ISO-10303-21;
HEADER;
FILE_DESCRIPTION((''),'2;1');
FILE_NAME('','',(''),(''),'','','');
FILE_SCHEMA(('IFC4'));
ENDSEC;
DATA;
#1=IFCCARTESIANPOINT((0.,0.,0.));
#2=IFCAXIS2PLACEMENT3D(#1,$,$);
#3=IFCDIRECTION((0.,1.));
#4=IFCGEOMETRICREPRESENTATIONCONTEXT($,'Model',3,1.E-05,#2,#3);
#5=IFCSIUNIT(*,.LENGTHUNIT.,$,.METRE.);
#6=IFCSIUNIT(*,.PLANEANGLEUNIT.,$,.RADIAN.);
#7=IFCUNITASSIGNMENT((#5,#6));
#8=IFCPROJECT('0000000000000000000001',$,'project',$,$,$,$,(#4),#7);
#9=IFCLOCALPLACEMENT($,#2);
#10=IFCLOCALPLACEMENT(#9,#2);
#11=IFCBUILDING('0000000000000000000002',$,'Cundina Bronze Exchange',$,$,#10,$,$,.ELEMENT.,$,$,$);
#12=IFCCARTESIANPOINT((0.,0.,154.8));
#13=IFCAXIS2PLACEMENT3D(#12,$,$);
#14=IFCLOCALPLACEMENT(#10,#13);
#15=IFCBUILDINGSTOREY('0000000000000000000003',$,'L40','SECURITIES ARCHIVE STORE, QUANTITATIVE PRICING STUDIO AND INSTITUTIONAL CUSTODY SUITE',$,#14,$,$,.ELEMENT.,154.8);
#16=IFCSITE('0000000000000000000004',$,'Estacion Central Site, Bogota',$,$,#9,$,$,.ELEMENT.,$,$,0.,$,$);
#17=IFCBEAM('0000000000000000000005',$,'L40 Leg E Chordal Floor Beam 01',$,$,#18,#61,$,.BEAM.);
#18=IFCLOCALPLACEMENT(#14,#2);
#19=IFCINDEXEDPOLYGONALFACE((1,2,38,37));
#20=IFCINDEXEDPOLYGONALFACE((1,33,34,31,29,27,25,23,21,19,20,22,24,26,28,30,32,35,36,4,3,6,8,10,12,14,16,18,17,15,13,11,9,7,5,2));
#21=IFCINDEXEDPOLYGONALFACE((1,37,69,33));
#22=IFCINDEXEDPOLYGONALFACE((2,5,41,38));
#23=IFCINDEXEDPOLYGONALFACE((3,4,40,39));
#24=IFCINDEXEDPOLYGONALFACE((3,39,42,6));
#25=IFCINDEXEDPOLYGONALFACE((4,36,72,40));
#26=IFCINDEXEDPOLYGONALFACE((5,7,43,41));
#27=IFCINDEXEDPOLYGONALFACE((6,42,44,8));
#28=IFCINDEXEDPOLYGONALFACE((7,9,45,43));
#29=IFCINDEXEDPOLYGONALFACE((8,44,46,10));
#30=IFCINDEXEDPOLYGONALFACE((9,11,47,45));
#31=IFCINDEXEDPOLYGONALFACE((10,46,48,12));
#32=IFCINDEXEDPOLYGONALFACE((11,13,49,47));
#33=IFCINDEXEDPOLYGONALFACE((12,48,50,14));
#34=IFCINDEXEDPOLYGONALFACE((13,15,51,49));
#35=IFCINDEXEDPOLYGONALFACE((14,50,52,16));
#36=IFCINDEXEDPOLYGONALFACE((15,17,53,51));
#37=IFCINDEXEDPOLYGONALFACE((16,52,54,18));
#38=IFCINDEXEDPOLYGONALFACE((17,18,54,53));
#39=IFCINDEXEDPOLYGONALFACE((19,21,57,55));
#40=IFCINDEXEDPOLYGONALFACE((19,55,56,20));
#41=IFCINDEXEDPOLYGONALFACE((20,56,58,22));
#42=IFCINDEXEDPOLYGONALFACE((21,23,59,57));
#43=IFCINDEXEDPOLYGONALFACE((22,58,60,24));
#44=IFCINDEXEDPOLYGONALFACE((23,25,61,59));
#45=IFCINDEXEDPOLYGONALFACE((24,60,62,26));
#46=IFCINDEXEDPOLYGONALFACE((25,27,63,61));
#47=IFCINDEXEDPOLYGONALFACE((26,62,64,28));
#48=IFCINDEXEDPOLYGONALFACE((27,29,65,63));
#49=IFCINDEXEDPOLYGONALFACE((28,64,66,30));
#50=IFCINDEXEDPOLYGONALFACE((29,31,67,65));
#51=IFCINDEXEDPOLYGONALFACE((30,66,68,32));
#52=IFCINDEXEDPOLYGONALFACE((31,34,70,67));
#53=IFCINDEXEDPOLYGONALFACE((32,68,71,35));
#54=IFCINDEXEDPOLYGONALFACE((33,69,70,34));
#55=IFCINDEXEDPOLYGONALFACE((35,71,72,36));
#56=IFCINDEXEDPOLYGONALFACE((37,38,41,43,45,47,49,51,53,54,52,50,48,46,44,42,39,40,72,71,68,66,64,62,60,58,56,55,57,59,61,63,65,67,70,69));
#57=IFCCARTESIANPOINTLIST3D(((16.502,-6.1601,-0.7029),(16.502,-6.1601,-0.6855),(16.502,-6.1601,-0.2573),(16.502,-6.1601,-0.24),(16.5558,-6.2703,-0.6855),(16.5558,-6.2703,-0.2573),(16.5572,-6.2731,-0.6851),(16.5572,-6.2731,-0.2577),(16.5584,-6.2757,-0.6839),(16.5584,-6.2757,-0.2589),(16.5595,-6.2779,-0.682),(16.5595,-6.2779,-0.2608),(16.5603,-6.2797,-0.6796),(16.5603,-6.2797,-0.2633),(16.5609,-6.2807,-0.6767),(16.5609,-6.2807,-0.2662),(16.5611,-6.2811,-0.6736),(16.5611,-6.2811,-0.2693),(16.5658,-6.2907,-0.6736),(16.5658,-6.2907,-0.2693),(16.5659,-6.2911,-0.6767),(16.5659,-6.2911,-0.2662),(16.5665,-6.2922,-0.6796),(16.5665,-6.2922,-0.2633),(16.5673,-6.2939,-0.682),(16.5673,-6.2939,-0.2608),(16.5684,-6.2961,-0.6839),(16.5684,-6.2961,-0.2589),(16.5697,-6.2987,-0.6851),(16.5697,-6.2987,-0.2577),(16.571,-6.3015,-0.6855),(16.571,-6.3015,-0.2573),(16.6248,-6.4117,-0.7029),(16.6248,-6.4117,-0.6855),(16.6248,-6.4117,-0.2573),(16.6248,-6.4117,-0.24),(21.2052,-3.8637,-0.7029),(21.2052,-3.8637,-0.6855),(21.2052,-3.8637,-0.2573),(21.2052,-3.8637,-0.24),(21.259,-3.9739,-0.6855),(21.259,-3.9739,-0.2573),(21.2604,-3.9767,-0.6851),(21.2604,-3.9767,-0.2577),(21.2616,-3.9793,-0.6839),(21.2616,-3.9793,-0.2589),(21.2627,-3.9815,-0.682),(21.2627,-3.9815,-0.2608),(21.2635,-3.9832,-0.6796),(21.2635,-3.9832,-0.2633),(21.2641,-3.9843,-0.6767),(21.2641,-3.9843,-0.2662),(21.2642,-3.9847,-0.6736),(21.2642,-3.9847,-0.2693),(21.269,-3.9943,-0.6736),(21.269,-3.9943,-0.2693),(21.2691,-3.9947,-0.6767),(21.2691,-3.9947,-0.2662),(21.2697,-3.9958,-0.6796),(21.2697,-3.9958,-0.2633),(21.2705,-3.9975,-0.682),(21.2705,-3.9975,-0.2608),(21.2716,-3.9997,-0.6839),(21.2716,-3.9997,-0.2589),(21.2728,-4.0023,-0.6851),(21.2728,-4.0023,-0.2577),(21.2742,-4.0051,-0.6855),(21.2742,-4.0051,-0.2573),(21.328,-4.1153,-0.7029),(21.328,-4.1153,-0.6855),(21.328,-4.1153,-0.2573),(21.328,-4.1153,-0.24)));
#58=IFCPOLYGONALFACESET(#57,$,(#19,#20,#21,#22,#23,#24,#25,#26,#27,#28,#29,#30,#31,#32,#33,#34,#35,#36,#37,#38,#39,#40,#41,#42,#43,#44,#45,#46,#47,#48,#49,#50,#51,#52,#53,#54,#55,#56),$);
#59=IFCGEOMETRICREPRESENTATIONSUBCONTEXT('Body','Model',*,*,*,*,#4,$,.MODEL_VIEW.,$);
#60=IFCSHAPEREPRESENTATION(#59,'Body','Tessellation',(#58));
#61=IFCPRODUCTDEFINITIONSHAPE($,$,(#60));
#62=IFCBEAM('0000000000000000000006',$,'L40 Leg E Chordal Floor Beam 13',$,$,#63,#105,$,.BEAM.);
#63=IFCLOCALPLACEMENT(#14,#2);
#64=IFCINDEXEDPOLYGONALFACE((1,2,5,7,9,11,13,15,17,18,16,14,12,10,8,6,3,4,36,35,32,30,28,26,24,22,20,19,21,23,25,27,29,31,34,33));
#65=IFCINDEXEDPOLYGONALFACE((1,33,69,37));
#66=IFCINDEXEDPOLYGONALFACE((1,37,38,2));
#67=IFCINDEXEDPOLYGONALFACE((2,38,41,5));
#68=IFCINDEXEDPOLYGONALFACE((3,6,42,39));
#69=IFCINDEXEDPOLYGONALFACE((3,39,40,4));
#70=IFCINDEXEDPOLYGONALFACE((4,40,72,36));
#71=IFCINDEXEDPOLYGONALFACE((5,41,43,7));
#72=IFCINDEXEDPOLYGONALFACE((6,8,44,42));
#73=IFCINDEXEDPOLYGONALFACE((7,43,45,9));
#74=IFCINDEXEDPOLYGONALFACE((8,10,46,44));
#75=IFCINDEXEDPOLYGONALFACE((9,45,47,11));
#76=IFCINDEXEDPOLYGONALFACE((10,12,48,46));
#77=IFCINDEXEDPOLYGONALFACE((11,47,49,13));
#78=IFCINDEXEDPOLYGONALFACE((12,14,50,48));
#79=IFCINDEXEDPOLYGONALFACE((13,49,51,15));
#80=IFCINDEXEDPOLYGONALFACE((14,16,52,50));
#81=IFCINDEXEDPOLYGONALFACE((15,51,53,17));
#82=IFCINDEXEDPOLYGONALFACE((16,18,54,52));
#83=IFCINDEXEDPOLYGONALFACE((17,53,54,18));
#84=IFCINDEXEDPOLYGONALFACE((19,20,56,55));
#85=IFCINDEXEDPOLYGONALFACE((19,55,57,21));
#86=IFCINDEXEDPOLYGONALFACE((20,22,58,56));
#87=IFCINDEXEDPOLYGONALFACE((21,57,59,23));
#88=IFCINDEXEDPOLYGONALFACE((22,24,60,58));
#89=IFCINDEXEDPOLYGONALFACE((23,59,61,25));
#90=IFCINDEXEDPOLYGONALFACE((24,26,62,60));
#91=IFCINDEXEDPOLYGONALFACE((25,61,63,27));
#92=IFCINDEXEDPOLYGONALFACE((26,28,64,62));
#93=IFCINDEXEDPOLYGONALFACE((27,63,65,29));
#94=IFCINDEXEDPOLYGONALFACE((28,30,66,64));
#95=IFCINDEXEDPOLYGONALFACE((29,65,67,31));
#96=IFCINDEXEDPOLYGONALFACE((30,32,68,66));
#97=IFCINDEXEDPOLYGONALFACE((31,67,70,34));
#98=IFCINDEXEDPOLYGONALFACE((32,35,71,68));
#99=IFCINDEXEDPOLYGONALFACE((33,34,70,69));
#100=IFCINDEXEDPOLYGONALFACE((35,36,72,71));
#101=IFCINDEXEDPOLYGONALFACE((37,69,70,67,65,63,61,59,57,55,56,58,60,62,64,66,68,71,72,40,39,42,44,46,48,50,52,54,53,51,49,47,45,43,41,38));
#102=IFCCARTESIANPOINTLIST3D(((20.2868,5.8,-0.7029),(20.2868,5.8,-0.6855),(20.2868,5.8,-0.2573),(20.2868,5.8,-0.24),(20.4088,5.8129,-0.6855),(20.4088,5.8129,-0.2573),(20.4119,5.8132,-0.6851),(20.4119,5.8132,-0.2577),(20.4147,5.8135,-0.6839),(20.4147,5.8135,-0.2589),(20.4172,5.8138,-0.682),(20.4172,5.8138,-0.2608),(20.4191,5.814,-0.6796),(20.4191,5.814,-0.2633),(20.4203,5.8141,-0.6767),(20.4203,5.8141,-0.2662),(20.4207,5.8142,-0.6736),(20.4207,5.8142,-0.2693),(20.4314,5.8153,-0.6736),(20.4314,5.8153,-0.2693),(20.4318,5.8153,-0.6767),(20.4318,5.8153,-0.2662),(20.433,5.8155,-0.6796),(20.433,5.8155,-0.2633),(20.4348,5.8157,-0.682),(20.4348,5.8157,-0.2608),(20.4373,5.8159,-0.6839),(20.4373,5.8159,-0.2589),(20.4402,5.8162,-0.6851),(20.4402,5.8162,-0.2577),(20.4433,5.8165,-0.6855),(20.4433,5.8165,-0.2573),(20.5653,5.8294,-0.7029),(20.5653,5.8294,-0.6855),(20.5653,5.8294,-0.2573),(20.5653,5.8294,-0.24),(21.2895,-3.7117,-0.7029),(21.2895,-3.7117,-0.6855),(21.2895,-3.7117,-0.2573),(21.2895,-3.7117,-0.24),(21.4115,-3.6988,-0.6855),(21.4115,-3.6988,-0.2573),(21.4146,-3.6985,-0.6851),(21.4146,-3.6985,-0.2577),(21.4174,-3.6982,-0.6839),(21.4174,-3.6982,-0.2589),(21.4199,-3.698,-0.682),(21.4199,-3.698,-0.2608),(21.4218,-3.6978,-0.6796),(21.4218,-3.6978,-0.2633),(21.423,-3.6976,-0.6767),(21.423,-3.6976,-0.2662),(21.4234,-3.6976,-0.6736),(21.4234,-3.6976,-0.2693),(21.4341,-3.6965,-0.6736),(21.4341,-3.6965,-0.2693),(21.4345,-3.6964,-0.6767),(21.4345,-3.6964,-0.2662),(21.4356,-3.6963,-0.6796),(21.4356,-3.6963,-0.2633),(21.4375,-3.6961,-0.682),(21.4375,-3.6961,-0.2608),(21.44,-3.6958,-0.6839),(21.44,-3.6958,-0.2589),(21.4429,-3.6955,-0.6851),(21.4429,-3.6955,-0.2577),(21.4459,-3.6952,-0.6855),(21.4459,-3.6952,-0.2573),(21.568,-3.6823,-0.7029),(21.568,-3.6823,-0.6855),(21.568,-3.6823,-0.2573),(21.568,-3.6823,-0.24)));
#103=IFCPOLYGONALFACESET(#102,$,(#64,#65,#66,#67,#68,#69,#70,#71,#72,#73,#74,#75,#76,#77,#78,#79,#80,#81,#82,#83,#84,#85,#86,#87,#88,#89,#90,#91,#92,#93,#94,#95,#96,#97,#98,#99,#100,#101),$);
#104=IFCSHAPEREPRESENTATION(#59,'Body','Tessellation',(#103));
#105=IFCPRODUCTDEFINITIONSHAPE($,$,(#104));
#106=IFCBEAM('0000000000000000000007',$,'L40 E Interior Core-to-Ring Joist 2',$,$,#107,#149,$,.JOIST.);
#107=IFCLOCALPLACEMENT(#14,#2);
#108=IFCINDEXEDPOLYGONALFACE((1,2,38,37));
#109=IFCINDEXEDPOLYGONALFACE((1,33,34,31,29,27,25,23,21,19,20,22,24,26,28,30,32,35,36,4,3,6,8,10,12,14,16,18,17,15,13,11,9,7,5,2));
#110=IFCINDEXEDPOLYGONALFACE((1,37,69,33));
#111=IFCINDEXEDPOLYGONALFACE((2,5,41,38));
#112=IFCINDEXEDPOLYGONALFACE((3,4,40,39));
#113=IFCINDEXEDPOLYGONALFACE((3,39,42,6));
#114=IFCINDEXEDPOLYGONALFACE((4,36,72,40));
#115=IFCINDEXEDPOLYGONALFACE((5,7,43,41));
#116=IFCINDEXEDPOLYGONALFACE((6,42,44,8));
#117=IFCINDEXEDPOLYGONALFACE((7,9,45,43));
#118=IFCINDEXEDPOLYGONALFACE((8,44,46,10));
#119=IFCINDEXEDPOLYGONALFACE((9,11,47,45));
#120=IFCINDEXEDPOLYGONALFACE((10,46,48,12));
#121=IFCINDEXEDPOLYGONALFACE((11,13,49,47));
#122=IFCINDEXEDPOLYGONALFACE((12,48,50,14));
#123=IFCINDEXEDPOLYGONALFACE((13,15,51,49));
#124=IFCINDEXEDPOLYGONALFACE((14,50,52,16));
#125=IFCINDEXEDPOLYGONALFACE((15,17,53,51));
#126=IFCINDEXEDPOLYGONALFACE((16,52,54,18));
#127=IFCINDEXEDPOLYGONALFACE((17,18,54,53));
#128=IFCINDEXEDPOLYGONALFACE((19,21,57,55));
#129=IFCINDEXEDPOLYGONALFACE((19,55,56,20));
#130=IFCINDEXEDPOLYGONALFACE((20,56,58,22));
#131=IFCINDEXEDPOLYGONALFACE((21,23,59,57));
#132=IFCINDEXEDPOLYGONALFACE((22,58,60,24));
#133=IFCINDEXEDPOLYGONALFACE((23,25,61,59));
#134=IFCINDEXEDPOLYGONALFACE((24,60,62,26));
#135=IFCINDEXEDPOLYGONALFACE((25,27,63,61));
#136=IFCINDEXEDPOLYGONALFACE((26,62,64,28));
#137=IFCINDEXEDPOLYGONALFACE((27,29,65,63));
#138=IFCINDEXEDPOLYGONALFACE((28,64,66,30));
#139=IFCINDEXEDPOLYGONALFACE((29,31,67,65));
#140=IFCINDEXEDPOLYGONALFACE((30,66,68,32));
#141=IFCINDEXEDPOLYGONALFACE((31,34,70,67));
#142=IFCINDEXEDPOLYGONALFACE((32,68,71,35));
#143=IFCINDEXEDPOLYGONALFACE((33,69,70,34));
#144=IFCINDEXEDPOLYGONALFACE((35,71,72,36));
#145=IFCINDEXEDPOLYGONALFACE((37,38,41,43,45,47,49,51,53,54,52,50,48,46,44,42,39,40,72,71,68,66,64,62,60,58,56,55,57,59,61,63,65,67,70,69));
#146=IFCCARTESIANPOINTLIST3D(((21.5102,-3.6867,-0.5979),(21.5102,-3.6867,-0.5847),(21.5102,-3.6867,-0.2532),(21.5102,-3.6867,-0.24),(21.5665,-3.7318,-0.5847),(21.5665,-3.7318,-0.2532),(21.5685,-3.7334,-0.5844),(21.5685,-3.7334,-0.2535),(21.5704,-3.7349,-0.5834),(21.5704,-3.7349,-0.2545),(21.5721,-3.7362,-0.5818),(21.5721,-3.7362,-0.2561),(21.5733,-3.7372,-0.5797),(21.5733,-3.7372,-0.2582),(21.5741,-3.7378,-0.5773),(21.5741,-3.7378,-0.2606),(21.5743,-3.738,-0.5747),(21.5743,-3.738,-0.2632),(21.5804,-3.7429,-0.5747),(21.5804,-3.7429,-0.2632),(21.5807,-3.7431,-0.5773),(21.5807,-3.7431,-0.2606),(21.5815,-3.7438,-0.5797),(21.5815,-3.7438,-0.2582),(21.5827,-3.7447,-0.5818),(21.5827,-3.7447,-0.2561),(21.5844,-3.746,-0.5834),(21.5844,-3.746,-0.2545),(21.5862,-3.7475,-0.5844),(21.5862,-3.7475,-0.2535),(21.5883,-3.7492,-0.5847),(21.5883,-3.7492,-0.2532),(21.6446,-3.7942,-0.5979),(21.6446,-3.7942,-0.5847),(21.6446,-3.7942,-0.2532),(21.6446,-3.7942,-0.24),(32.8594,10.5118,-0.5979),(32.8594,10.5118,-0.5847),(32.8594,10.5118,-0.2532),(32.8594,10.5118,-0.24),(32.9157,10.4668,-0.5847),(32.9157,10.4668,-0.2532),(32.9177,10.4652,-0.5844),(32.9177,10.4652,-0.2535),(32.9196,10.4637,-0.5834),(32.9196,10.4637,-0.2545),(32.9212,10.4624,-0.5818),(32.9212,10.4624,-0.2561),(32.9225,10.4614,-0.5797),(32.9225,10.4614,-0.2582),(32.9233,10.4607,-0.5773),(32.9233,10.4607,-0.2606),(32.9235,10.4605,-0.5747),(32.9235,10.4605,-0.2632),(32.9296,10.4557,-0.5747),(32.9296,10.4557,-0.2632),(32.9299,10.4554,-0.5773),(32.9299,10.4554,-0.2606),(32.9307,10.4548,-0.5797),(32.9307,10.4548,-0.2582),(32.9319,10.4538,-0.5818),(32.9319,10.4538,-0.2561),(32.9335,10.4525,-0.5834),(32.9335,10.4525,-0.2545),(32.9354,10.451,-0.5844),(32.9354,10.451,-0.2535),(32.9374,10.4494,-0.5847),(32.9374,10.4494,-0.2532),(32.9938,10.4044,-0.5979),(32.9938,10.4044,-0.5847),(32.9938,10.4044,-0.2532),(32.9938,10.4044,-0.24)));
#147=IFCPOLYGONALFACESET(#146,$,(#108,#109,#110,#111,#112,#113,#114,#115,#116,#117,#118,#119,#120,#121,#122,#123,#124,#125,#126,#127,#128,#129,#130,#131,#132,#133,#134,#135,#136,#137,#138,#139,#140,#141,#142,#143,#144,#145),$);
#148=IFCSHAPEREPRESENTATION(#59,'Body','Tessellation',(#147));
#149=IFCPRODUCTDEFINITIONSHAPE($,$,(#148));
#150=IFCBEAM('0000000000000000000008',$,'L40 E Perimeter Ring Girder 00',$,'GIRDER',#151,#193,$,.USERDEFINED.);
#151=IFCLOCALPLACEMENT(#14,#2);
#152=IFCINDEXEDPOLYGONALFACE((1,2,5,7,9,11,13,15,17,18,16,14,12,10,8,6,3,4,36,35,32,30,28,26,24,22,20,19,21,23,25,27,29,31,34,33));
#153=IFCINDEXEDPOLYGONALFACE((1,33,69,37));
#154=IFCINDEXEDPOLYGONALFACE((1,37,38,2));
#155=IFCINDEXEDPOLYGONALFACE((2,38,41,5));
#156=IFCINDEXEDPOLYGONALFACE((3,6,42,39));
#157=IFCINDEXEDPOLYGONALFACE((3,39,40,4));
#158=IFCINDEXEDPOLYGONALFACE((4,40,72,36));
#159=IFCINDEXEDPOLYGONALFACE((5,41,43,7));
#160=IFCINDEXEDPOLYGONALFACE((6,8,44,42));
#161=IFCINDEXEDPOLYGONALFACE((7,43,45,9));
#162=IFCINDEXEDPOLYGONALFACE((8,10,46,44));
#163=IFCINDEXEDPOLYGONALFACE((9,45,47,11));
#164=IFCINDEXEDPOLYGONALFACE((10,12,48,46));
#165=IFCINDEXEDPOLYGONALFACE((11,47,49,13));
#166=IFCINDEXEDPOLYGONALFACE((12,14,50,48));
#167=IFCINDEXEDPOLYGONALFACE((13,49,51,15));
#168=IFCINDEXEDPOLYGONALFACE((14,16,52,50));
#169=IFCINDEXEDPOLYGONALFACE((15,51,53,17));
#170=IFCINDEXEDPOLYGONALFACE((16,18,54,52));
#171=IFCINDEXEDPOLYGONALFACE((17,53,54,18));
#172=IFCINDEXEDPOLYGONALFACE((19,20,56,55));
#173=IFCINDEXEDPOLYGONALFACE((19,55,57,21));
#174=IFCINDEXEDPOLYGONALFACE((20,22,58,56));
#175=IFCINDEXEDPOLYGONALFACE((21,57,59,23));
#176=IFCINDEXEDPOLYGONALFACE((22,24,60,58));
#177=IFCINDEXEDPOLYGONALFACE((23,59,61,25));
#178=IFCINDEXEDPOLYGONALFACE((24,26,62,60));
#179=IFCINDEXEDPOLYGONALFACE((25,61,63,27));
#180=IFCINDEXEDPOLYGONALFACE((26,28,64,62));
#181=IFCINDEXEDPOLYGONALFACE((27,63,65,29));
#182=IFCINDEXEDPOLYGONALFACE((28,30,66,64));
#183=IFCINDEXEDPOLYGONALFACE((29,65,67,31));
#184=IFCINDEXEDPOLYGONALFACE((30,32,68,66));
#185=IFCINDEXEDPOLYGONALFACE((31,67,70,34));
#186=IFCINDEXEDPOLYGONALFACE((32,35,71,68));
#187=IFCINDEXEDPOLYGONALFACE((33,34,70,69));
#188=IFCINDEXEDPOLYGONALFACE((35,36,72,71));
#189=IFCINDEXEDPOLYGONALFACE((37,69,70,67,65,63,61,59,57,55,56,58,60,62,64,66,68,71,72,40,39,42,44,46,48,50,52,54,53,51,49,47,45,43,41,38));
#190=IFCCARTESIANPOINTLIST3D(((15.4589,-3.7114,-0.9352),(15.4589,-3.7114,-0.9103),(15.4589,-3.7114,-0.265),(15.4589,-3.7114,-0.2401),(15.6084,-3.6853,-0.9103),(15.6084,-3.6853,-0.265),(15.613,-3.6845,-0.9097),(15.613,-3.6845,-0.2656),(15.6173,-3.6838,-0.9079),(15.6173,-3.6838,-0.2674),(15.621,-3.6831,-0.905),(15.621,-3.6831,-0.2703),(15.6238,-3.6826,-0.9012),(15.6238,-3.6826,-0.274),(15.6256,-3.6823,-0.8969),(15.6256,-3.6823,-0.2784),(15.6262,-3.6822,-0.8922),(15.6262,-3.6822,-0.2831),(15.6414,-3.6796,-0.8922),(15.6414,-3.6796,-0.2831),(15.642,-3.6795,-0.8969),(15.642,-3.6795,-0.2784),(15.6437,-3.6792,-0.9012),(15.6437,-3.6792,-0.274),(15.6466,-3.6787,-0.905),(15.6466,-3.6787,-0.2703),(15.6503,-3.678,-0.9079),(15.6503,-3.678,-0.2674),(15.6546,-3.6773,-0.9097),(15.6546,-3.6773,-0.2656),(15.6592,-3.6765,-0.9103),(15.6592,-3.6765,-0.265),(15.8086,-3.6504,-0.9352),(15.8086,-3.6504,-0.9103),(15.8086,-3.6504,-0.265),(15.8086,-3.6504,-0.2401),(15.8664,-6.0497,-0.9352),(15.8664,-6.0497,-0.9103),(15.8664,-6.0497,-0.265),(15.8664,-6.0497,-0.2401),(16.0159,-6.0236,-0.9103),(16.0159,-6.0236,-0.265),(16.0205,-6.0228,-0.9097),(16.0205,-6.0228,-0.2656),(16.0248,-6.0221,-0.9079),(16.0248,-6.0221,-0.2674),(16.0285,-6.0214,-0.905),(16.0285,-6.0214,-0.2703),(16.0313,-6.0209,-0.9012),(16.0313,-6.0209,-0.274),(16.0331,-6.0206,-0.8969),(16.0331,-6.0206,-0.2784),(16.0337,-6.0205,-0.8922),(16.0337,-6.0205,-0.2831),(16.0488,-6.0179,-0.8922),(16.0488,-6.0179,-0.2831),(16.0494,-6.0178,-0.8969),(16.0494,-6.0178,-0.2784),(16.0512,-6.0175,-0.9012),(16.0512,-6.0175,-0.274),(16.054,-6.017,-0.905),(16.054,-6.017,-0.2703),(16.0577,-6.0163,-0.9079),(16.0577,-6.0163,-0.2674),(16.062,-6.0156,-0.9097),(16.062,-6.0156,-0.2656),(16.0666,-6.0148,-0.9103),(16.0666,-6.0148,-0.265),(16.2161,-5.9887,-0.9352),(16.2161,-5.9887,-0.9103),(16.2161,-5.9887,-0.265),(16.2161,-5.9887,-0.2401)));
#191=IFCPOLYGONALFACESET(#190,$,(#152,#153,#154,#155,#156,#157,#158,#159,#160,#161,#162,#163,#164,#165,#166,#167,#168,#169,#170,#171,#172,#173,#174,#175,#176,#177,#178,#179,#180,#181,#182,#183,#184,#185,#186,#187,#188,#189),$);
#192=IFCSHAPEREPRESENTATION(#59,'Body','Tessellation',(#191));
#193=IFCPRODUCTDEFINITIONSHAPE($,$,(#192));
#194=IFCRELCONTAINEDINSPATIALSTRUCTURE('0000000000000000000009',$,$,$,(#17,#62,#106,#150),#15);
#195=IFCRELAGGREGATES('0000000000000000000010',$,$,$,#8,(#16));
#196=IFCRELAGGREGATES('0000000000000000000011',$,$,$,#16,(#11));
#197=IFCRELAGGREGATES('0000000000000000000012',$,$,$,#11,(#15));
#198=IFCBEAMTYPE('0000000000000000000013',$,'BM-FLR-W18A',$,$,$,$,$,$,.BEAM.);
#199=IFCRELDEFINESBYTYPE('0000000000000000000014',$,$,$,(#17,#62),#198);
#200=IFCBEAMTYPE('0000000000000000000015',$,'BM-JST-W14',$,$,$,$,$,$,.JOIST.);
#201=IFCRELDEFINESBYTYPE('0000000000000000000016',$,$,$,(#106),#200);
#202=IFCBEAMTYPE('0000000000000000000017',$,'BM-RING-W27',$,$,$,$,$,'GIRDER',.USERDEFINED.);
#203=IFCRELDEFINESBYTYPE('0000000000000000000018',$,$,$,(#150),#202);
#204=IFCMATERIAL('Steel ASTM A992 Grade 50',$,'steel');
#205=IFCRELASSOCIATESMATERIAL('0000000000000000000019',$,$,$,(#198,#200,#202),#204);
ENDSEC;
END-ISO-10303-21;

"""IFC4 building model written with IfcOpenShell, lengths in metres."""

from ifc_helpers import new_model, si_unit, direction, frame, origin, origin_2d, place, context, subcontext, project, spatial, i_section, extrude, material, material_profile, profile_set, type_object, element, save


model = new_model("IFC4")

# Units and contexts
model_context = context("Model", 3, precision=1e-05, world=origin(), true_north=direction((0.0, 1.0)))
body_context = subcontext(model_context, "Body", "Model", "MODEL_VIEW")
ifc_project = project(units=[si_unit("LENGTHUNIT", "METRE"), si_unit("PLANEANGLEUNIT", "RADIAN")], contexts=[model_context])

# Site, building, storey
site_placement = place(None, origin())
site = spatial("IfcSite", under=ifc_project, at=site_placement, Name="Estacion Central Site, Bogota", CompositionType="ELEMENT", RefElevation=0.0)
building_placement = place(site_placement, origin())
building = spatial("IfcBuilding", under=site, at=building_placement, Name="Cundina Bronze Exchange", CompositionType="ELEMENT")
storey_placement = place(building_placement, frame((0.0, 0.0, 154.8)))
storey = spatial("IfcBuildingStorey", under=building, at=storey_placement, Name="L40", Description="SECURITIES ARCHIVE STORE, QUANTITATIVE PRICING STUDIO AND INSTITUTIONAL CUSTODY SUITE", CompositionType="ELEMENT", Elevation=154.8)

# Shared definitions
ifc_material_1 = material(Name="Steel ASTM A992 Grade 50", Category="steel")

# Beams
ifc_material_profile_1 = material_profile(ifc_material_1, i_section(OverallWidth=0.28, OverallDepth=0.4629, WebThickness=0.0107, FlangeThickness=0.0173, FilletRadius=0.012, at=origin_2d()), Name="W18X76", Category="steel")
ifc_profile_set_1 = profile_set([ifc_material_profile_1], Name="Steel ASTM A992 Grade 50")
beam_type_1 = type_object("IfcBeamType", Name="BM-FLR-W18A", PredefinedType="BEAM", material=ifc_profile_set_1)
beam_1_placement = place(storey_placement, frame((21.2666, -3.9895, -0.4714), z_axis=(-0.898604, -0.43876, 0.0), x_axis=(0.43876, -0.898604, 0.0)))
element("IfcBeam", 1, at=beam_1_placement, inside=storey, type_object=beam_type_1, Name="L40 Leg E Chordal Floor Beam 01", PredefinedType="BEAM", context=body_context, shape_type="SweptSolid", body=[
    extrude(i_section(OverallWidth=0.28, OverallDepth=0.4629, WebThickness=0.0107, FlangeThickness=0.0173, FilletRadius=0.012, at=origin_2d()), origin(), (0.0, 0.0, 1.0), 5.2339),
])
beam_2_placement = place(storey_placement, frame((21.4287, -3.697, -0.4714), z_axis=(-0.104835, 0.99449, 0.0), x_axis=(-0.99449, -0.104835, 0.0)))
element("IfcBeam", 2, at=beam_2_placement, inside=storey, type_object=beam_type_1, Name="L40 Leg E Chordal Floor Beam 13", PredefinedType="BEAM", context=body_context, shape_type="SweptSolid", body=[
    extrude(i_section(OverallWidth=0.28, OverallDepth=0.4629, WebThickness=0.0107, FlangeThickness=0.0173, FilletRadius=0.012, at=origin_2d()), origin(), (0.0, 0.0, 1.0), 9.5645),
])
ifc_material_profile_2 = material_profile(ifc_material_1, i_section(OverallWidth=0.1721, OverallDepth=0.3579, WebThickness=0.0078, FlangeThickness=0.0132, FilletRadius=0.01, at=origin_2d()), Name="W14X38", Category="steel")
ifc_profile_set_2 = profile_set([ifc_material_profile_2], Name="Steel ASTM A992 Grade 50")
beam_type_2 = type_object("IfcBeamType", Name="BM-JST-W14", PredefinedType="JOIST", material=ifc_profile_set_2)
beam_3_placement = place(storey_placement, frame((21.5774, -3.7405, -0.4189), z_axis=(0.624371, 0.781128, 0.0), x_axis=(-0.781128, 0.624371, 0.0)))
element("IfcBeam", 3, at=beam_3_placement, inside=storey, type_object=beam_type_2, Name="L40 E Interior Core-to-Ring Joist 2", PredefinedType="JOIST", context=body_context, shape_type="SweptSolid", body=[
    extrude(i_section(OverallWidth=0.1721, OverallDepth=0.3579, WebThickness=0.0078, FlangeThickness=0.0132, FilletRadius=0.01, at=origin_2d()), origin(), (0.0, 0.0, 1.0), 18.177),
])
ifc_material_profile_3 = material_profile(ifc_material_1, i_section(OverallWidth=0.355, OverallDepth=0.6951, WebThickness=0.0154, FlangeThickness=0.0249, FilletRadius=0.0181, at=origin_2d()), Name="W27X146", Category="steel")
ifc_profile_set_3 = profile_set([ifc_material_profile_3], Name="Steel ASTM A992 Grade 50")
beam_type_3 = type_object("IfcBeamType", Name="BM-RING-W27", ElementType="GIRDER", PredefinedType="USERDEFINED", material=ifc_profile_set_3)
beam_4_placement = place(storey_placement, frame((15.6338, -3.6809, -0.5876), z_axis=(0.171667, -0.985155, 0.0), x_axis=(0.985155, 0.171667, 0.0)))
element("IfcBeam", 4, at=beam_4_placement, inside=storey, type_object=beam_type_3, Name="L40 E Perimeter Ring Girder 00", ObjectType="GIRDER", PredefinedType="USERDEFINED", context=body_context, shape_type="SweptSolid", body=[
    extrude(i_section(OverallWidth=0.355, OverallDepth=0.6951, WebThickness=0.0154, FlangeThickness=0.0249, FilletRadius=0.0181, at=origin_2d()), origin(), (0.0, 0.0, 1.0), 2.3735),
])

save(model, "model.ifc")
